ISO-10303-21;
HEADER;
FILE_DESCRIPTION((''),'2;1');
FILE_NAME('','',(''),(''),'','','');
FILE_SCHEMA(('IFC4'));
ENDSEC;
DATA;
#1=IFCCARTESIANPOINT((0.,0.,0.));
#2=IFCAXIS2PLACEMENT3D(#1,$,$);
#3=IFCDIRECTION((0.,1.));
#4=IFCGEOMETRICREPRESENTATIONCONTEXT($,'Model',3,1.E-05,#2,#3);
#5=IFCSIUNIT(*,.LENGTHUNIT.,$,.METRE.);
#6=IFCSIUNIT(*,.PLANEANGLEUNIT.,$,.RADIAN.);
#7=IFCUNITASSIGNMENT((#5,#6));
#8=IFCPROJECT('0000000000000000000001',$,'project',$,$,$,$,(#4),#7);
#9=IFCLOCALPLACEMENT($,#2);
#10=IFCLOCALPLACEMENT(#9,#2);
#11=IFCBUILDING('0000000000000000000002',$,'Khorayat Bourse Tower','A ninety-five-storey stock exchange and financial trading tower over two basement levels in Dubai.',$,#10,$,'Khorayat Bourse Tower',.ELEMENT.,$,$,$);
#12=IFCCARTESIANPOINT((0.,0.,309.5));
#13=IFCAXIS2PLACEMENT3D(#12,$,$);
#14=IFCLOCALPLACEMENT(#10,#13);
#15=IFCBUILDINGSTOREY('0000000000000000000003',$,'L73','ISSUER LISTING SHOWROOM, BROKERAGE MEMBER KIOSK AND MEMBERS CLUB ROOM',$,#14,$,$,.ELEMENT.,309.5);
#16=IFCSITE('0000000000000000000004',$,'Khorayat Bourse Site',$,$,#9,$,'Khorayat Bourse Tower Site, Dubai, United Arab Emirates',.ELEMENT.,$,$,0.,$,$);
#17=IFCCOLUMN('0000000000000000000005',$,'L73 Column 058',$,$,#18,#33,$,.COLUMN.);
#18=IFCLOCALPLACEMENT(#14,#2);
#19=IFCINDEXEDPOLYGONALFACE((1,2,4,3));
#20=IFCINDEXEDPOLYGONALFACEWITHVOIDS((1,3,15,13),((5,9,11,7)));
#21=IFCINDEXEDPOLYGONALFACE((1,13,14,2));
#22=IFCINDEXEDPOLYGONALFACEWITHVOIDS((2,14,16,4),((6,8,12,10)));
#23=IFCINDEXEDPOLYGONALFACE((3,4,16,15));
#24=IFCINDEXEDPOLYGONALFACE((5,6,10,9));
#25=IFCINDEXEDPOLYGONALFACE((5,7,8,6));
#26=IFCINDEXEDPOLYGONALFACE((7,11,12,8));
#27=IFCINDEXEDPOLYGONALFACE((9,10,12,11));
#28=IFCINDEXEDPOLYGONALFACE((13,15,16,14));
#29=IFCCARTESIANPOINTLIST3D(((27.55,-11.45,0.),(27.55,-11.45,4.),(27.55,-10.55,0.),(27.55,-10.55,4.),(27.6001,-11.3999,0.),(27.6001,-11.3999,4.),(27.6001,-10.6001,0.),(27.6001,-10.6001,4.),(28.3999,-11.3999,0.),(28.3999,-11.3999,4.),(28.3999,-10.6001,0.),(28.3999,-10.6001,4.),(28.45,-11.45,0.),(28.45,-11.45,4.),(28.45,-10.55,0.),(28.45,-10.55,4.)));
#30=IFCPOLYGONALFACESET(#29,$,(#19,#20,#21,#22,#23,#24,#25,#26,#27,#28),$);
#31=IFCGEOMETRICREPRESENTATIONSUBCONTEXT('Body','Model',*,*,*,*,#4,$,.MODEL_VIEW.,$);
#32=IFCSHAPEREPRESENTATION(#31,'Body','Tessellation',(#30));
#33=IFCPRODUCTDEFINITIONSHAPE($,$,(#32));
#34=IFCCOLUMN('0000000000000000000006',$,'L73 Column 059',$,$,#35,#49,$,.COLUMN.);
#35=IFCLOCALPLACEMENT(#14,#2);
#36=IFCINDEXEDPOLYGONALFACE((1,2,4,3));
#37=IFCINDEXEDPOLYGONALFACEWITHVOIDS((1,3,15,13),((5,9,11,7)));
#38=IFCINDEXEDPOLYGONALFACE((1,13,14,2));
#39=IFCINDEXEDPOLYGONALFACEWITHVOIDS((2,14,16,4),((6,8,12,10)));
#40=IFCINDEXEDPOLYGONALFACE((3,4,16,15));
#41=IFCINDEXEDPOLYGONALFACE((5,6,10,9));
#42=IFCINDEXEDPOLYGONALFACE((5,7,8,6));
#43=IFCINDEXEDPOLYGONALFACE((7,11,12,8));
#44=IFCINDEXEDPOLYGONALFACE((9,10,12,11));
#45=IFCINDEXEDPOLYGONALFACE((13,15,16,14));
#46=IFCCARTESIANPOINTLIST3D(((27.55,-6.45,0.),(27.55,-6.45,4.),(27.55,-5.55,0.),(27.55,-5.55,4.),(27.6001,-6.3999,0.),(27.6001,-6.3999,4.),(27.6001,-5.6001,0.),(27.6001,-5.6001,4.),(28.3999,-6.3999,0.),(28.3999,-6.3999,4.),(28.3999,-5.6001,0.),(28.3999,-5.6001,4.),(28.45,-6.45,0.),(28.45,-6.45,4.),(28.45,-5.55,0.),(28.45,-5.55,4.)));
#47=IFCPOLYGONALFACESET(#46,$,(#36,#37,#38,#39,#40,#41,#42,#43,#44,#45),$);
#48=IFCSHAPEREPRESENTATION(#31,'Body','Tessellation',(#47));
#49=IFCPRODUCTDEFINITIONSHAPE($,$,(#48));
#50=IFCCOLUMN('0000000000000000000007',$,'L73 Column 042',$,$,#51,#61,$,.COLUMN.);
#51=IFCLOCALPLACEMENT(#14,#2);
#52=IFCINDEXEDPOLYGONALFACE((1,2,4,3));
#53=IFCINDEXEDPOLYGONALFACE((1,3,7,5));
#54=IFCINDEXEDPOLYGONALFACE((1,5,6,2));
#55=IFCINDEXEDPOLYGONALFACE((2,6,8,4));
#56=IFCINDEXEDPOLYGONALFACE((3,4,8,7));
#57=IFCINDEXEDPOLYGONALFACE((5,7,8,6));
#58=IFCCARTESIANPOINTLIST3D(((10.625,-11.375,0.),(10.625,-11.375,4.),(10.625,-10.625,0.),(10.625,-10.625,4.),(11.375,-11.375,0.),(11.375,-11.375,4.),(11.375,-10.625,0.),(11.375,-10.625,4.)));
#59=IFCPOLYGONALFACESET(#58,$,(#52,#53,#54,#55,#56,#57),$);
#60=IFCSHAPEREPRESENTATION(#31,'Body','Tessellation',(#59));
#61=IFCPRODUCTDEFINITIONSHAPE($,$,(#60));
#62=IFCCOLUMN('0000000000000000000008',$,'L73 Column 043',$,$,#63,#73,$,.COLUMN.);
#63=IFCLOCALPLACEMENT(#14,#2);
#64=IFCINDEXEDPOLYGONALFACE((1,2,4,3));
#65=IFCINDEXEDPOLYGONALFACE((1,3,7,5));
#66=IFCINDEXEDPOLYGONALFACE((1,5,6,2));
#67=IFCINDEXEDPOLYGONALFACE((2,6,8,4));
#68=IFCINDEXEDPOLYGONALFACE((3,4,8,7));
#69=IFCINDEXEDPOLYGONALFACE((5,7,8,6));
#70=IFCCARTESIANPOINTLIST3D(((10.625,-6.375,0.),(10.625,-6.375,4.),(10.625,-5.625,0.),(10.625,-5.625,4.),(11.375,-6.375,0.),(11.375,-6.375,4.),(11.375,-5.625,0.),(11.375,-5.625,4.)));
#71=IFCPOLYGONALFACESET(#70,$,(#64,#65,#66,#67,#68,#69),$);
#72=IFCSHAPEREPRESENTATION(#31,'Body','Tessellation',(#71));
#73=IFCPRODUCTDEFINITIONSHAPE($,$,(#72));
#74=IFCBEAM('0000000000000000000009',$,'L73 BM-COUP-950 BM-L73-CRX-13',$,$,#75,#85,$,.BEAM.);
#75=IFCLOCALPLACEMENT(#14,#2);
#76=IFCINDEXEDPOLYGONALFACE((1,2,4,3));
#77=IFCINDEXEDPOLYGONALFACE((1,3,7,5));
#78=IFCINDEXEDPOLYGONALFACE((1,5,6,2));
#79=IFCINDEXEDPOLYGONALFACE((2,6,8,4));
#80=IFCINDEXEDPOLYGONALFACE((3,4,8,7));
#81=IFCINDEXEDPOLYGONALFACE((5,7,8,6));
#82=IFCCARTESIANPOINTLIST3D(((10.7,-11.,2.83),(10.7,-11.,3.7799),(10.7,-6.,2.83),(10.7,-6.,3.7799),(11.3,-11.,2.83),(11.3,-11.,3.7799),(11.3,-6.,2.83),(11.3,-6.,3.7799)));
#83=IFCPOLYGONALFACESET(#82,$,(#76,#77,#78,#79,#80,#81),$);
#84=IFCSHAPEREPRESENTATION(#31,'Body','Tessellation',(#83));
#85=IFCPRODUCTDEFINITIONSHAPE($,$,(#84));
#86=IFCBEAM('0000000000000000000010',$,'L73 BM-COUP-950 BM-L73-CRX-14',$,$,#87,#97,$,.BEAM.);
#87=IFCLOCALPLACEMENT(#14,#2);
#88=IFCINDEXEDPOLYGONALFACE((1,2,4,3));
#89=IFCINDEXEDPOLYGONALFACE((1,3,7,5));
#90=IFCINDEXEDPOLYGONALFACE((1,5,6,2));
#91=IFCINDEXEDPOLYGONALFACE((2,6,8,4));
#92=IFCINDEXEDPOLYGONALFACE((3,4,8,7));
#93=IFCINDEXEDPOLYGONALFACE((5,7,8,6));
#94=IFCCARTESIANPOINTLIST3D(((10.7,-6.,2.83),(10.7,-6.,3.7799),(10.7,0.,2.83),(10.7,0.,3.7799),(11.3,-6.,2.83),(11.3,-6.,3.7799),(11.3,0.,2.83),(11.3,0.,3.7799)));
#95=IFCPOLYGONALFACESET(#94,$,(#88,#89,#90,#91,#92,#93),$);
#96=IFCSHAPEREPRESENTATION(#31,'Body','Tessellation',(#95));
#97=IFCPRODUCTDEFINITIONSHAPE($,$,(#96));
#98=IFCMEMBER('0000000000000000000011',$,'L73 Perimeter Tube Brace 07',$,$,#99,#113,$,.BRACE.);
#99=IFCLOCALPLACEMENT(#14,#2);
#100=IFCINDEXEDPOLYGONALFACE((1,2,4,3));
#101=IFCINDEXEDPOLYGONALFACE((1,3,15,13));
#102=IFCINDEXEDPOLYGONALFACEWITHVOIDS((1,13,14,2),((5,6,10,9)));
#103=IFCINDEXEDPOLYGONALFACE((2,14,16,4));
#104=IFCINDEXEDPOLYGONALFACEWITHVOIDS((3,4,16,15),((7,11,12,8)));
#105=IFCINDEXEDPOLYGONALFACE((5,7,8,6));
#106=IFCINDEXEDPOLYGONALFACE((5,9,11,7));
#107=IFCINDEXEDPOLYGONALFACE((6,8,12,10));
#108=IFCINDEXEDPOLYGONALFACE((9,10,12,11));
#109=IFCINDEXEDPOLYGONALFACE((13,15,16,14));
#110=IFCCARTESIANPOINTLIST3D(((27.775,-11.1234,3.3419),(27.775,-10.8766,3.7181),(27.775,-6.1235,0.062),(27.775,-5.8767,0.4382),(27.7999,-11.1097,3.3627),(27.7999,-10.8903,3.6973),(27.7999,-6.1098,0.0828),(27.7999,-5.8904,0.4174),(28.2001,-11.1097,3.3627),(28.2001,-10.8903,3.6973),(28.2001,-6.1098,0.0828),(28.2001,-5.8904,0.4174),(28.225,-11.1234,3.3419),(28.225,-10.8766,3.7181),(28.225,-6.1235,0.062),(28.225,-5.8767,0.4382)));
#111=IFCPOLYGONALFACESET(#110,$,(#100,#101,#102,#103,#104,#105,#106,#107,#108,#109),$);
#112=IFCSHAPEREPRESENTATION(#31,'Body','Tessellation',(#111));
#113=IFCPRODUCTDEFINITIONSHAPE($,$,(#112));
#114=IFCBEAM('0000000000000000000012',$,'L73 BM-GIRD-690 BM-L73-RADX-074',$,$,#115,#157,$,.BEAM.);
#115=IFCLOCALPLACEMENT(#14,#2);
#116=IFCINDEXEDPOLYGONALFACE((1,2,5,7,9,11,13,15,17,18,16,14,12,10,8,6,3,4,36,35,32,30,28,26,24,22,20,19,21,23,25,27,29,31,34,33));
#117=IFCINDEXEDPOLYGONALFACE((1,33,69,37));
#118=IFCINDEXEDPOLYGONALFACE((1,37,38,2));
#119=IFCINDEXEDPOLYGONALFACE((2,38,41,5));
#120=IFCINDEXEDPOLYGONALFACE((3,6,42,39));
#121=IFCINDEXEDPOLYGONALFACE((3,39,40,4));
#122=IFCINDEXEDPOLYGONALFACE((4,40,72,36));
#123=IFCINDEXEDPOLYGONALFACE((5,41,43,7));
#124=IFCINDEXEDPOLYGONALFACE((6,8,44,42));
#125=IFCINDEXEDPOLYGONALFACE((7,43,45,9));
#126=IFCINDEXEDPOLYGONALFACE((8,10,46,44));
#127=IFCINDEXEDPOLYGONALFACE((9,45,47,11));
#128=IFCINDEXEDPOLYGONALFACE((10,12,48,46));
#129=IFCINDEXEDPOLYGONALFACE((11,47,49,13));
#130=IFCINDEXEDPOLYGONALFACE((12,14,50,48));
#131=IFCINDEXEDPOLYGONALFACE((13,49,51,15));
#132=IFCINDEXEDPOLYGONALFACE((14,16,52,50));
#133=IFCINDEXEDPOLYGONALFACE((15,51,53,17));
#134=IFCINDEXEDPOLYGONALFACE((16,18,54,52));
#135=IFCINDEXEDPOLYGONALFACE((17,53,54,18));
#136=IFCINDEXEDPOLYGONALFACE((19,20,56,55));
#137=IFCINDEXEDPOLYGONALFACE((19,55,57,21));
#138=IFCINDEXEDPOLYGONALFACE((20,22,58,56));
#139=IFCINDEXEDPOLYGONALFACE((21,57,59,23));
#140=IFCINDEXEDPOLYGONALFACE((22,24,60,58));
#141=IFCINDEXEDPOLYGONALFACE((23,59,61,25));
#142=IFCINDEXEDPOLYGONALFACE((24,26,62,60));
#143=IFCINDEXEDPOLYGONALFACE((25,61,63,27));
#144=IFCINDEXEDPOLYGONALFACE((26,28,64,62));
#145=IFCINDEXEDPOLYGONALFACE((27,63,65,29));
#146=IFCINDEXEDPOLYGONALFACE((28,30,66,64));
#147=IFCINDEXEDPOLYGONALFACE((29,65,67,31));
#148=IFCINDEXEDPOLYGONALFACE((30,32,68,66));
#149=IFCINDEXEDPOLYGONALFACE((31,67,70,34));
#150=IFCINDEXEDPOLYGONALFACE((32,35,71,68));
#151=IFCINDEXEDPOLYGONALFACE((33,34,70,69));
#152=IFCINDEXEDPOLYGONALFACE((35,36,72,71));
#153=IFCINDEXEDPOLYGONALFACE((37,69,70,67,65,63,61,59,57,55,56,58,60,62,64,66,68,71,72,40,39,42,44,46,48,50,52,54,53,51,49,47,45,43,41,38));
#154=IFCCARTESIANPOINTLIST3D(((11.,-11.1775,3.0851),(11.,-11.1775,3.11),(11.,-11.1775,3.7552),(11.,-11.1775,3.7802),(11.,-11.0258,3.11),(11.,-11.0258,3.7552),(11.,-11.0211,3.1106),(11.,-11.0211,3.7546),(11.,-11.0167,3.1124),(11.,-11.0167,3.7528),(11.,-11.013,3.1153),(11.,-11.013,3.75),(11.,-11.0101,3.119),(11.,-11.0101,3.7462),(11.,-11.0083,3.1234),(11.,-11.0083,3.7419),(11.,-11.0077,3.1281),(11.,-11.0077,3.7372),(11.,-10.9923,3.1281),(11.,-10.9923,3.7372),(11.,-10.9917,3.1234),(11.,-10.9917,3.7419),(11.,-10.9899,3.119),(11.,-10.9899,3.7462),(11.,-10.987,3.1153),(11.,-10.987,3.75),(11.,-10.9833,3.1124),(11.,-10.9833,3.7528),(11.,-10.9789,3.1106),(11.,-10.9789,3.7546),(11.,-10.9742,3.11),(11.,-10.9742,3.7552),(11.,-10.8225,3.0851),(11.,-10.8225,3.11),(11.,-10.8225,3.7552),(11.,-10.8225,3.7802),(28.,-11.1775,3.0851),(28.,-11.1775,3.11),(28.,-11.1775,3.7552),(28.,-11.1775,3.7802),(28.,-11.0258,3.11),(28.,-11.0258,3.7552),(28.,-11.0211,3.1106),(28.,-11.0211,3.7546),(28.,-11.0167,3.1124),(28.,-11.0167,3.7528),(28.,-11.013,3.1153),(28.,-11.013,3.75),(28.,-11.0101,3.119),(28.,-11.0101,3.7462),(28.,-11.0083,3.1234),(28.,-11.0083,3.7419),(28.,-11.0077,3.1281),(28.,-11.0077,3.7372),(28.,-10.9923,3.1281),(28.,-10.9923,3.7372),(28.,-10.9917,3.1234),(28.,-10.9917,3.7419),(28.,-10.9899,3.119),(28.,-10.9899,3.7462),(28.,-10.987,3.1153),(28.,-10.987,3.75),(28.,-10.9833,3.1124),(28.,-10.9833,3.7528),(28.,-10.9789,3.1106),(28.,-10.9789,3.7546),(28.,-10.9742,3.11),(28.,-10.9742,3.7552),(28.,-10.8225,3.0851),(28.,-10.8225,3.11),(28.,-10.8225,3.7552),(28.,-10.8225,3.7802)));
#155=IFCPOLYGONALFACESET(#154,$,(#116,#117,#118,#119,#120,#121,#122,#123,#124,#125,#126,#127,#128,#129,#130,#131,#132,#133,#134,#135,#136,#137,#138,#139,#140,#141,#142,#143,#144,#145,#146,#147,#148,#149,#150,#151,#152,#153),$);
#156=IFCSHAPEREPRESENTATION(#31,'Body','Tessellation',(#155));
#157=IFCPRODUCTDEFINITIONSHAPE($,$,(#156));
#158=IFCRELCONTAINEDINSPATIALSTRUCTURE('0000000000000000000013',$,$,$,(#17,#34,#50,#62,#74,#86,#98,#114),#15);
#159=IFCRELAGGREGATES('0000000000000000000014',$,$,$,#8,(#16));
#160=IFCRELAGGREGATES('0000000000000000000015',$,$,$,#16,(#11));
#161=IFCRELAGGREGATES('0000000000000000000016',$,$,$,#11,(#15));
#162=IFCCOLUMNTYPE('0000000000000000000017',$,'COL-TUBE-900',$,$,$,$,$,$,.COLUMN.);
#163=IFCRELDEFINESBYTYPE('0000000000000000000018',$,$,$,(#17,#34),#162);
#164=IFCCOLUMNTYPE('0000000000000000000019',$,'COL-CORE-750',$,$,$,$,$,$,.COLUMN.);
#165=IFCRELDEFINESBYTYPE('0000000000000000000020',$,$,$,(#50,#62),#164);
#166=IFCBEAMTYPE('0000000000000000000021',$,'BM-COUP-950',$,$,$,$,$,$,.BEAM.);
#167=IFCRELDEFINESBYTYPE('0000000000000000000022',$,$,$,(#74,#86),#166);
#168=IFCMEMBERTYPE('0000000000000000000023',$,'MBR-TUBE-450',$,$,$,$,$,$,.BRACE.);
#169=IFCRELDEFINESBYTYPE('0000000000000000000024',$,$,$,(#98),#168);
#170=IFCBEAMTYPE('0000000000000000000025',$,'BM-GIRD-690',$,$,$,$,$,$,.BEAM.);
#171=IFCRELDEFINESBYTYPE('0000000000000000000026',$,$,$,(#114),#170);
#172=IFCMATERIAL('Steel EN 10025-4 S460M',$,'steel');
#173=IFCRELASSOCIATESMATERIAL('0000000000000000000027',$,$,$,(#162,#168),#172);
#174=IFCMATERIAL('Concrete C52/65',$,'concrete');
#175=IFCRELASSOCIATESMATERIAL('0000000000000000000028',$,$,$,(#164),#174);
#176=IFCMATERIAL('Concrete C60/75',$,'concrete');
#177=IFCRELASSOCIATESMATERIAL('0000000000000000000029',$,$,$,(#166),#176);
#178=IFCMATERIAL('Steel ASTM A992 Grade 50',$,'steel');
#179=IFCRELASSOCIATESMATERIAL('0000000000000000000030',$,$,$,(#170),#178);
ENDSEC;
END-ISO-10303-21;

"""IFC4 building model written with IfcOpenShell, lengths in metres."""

from ifc_helpers import new_model, si_unit, direction, frame, origin, origin_2d, place, context, subcontext, project, spatial, rectangle, hollow_rectangle, i_section, extrude, source, transform, mapped, material, material_profile, profile_set, type_object, element, save


model = new_model("IFC4")

# Units and contexts
model_context = context("Model", 3, precision=1e-05, world=origin(), true_north=direction((0.0, 1.0)))
body_context = subcontext(model_context, "Body", "Model", "MODEL_VIEW")
ifc_project = project(units=[si_unit("LENGTHUNIT", "METRE"), si_unit("PLANEANGLEUNIT", "RADIAN")], contexts=[model_context])

# Site, building, storey
site_placement = place(None, origin())
site = spatial("IfcSite", under=ifc_project, at=site_placement, Name="Khorayat Bourse Site", LongName="Khorayat Bourse Tower Site, Dubai, United Arab Emirates", CompositionType="ELEMENT", RefElevation=0.0)
building_placement = place(site_placement, origin())
building = spatial("IfcBuilding", under=site, at=building_placement, Name="Khorayat Bourse Tower", Description="A ninety-five-storey stock exchange and financial trading tower over two basement levels in Dubai.", LongName="Khorayat Bourse Tower", CompositionType="ELEMENT")
storey_placement = place(building_placement, frame((0.0, 0.0, 309.5)))
storey = spatial("IfcBuildingStorey", under=building, at=storey_placement, Name="L73", Description="ISSUER LISTING SHOWROOM, BROKERAGE MEMBER KIOSK AND MEMBERS CLUB ROOM", CompositionType="ELEMENT", Elevation=309.5)

# Columns
ifc_material_1 = material(Name="Steel EN 10025-4 S460M", Category="steel")
ifc_material_profile_1 = material_profile(ifc_material_1, hollow_rectangle(XDim=0.8999, YDim=0.8999, WallThickness=0.05, at=origin_2d()), Name="BOX 900x900x50")
ifc_profile_set_1 = profile_set([ifc_material_profile_1], Name="Steel EN 10025-4 S460M")
column_type_1 = type_object("IfcColumnType", Name="COL-TUBE-900", PredefinedType="COLUMN", material=ifc_profile_set_1)
shared_shape_1 = source(origin(), body_context, "Body", "SweptSolid", [
    extrude(hollow_rectangle(XDim=0.8999, YDim=0.8999, WallThickness=0.05, at=origin_2d()), origin(), (0.0, 0.0, 1.0), 4.0),
])
for number, where, z_axis, x_axis, name in (
    (1, (28.0, -11.0, 0.0), (0.0, 0.0, 1.0), (1.0, 0.0, 0.0), "L73 Column 058"),
    (2, (28.0, -6.0, 0.0), (0.0, 0.0, 1.0), (1.0, 0.0, 0.0), "L73 Column 059"),
):
    element("IfcColumn", number, at=place(storey_placement, frame(where, z_axis=z_axis, x_axis=x_axis)), inside=storey, type_object=column_type_1, Name=name, PredefinedType="COLUMN", context=body_context, shape_type="MappedRepresentation", body=[
        mapped(shared_shape_1, transform((0.0, 0.0, 0.0), scale=1.0)),
    ])
ifc_material_2 = material(Name="Concrete C52/65", Category="concrete")
ifc_material_profile_2 = material_profile(ifc_material_2, rectangle(XDim=0.75, YDim=0.75, at=origin_2d()), Name="RC 750x750")
ifc_profile_set_2 = profile_set([ifc_material_profile_2], Name="Concrete C52/65")
column_type_2 = type_object("IfcColumnType", Name="COL-CORE-750", PredefinedType="COLUMN", material=ifc_profile_set_2)
shared_shape_2 = source(origin(), body_context, "Body", "SweptSolid", [
    extrude(rectangle(XDim=0.75, YDim=0.75, at=origin_2d()), origin(), (0.0, 0.0, 1.0), 4.0),
])
for number, where, z_axis, x_axis, name in (
    (3, (11.0, -11.0, 0.0), (0.0, 0.0, 1.0), (1.0, 0.0, 0.0), "L73 Column 042"),
    (4, (11.0, -6.0, 0.0), (0.0, 0.0, 1.0), (1.0, 0.0, 0.0), "L73 Column 043"),
):
    element("IfcColumn", number, at=place(storey_placement, frame(where, z_axis=z_axis, x_axis=x_axis)), inside=storey, type_object=column_type_2, Name=name, PredefinedType="COLUMN", context=body_context, shape_type="MappedRepresentation", body=[
        mapped(shared_shape_2, transform((0.0, 0.0, 0.0), scale=1.0)),
    ])

# Beams
ifc_material_3 = material(Name="Concrete C60/75", Category="concrete")
ifc_material_profile_3 = material_profile(ifc_material_3, rectangle(XDim=0.6001, YDim=0.95, at=origin_2d()), Name="RC 600x950")
ifc_profile_set_3 = profile_set([ifc_material_profile_3], Name="Concrete C60/75")
beam_type_1 = type_object("IfcBeamType", Name="BM-COUP-950", PredefinedType="BEAM", material=ifc_profile_set_3)
shared_shape_3 = source(origin(), body_context, "Body", "SweptSolid", [
    extrude(rectangle(XDim=0.6001, YDim=0.95, at=origin_2d()), origin(), (0.0, 0.0, 1.0), 5.0),
])
beam_1_placement = place(storey_placement, frame((11.0, -11.0, 3.3049), z_axis=(0.0, 1.0, 0.0), x_axis=(-1.0, 0.0, 0.0)))
element("IfcBeam", 5, at=beam_1_placement, inside=storey, type_object=beam_type_1, Name="L73 BM-COUP-950 BM-L73-CRX-13", PredefinedType="BEAM", context=body_context, shape_type="MappedRepresentation", body=[
    mapped(shared_shape_3, transform((0.0, 0.0, 0.0), scale=1.0)),
])
shared_shape_4 = source(origin(), body_context, "Body", "SweptSolid", [
    extrude(rectangle(XDim=0.6001, YDim=0.95, at=origin_2d()), origin(), (0.0, 0.0, 1.0), 6.0),
])
beam_2_placement = place(storey_placement, frame((11.0, -6.0, 3.3049), z_axis=(0.0, 1.0, 0.0), x_axis=(-1.0, 0.0, 0.0)))
element("IfcBeam", 6, at=beam_2_placement, inside=storey, type_object=beam_type_1, Name="L73 BM-COUP-950 BM-L73-CRX-14", PredefinedType="BEAM", context=body_context, shape_type="MappedRepresentation", body=[
    mapped(shared_shape_4, transform((0.0, 0.0, 0.0), scale=1.0)),
])

# Member
ifc_material_profile_4 = material_profile(ifc_material_1, hollow_rectangle(XDim=0.45, YDim=0.45, WallThickness=0.0249, at=origin_2d()), Name="HSS 450x450x25")
ifc_profile_set_4 = profile_set([ifc_material_profile_4], Name="Steel EN 10025-4 S460M")
member_type_1 = type_object("IfcMemberType", Name="MBR-TUBE-450", PredefinedType="BRACE", material=ifc_profile_set_4)
shared_shape_5 = source(origin(), body_context, "Body", "SweptSolid", [
    extrude(hollow_rectangle(XDim=0.45, YDim=0.45, WallThickness=0.0249, at=origin_2d()), origin(), (0.0, 0.0, 1.0), 5.9797),
])
member_1_placement = place(storey_placement, frame((28.0, -11.0, 3.53), z_axis=(0.0, 0.836142, -0.548514), x_axis=(-1.0, 0.0, 0.0)))
element("IfcMember", 7, at=member_1_placement, inside=storey, type_object=member_type_1, Name="L73 Perimeter Tube Brace 07", PredefinedType="BRACE", context=body_context, shape_type="MappedRepresentation", body=[
    mapped(shared_shape_5, transform((0.0, 0.0, 0.0), scale=1.0)),
])

# Beam
ifc_material_4 = material(Name="Steel ASTM A992 Grade 50", Category="steel")
ifc_material_profile_5 = material_profile(ifc_material_4, i_section(OverallWidth=0.355, OverallDepth=0.6951, WebThickness=0.0154, FlangeThickness=0.0249, FilletRadius=0.0181, at=origin_2d()), Name="W690X217")
ifc_profile_set_5 = profile_set([ifc_material_profile_5], Name="Steel ASTM A992 Grade 50")
beam_type_2 = type_object("IfcBeamType", Name="BM-GIRD-690", PredefinedType="BEAM", material=ifc_profile_set_5)
shared_shape_6 = source(origin(), body_context, "Body", "SweptSolid", [
    extrude(i_section(OverallWidth=0.355, OverallDepth=0.6951, WebThickness=0.0154, FlangeThickness=0.0249, FilletRadius=0.0181, at=origin_2d()), origin(), (0.0, 0.0, 1.0), 17.0),
])
for number, where, z_axis, x_axis, name in (
    (8, (11.0, -11.0, 3.4326), (1.0, 0.0, 0.0), (0.0, 1.0, 0.0), "L73 BM-GIRD-690 BM-L73-RADX-074"),
):
    element("IfcBeam", number, at=place(storey_placement, frame(where, z_axis=z_axis, x_axis=x_axis)), inside=storey, type_object=beam_type_2, Name=name, PredefinedType="BEAM", context=body_context, shape_type="MappedRepresentation", body=[
        mapped(shared_shape_6, transform((0.0, 0.0, 0.0), scale=1.0)),
    ])

save(model, "model.ifc")
